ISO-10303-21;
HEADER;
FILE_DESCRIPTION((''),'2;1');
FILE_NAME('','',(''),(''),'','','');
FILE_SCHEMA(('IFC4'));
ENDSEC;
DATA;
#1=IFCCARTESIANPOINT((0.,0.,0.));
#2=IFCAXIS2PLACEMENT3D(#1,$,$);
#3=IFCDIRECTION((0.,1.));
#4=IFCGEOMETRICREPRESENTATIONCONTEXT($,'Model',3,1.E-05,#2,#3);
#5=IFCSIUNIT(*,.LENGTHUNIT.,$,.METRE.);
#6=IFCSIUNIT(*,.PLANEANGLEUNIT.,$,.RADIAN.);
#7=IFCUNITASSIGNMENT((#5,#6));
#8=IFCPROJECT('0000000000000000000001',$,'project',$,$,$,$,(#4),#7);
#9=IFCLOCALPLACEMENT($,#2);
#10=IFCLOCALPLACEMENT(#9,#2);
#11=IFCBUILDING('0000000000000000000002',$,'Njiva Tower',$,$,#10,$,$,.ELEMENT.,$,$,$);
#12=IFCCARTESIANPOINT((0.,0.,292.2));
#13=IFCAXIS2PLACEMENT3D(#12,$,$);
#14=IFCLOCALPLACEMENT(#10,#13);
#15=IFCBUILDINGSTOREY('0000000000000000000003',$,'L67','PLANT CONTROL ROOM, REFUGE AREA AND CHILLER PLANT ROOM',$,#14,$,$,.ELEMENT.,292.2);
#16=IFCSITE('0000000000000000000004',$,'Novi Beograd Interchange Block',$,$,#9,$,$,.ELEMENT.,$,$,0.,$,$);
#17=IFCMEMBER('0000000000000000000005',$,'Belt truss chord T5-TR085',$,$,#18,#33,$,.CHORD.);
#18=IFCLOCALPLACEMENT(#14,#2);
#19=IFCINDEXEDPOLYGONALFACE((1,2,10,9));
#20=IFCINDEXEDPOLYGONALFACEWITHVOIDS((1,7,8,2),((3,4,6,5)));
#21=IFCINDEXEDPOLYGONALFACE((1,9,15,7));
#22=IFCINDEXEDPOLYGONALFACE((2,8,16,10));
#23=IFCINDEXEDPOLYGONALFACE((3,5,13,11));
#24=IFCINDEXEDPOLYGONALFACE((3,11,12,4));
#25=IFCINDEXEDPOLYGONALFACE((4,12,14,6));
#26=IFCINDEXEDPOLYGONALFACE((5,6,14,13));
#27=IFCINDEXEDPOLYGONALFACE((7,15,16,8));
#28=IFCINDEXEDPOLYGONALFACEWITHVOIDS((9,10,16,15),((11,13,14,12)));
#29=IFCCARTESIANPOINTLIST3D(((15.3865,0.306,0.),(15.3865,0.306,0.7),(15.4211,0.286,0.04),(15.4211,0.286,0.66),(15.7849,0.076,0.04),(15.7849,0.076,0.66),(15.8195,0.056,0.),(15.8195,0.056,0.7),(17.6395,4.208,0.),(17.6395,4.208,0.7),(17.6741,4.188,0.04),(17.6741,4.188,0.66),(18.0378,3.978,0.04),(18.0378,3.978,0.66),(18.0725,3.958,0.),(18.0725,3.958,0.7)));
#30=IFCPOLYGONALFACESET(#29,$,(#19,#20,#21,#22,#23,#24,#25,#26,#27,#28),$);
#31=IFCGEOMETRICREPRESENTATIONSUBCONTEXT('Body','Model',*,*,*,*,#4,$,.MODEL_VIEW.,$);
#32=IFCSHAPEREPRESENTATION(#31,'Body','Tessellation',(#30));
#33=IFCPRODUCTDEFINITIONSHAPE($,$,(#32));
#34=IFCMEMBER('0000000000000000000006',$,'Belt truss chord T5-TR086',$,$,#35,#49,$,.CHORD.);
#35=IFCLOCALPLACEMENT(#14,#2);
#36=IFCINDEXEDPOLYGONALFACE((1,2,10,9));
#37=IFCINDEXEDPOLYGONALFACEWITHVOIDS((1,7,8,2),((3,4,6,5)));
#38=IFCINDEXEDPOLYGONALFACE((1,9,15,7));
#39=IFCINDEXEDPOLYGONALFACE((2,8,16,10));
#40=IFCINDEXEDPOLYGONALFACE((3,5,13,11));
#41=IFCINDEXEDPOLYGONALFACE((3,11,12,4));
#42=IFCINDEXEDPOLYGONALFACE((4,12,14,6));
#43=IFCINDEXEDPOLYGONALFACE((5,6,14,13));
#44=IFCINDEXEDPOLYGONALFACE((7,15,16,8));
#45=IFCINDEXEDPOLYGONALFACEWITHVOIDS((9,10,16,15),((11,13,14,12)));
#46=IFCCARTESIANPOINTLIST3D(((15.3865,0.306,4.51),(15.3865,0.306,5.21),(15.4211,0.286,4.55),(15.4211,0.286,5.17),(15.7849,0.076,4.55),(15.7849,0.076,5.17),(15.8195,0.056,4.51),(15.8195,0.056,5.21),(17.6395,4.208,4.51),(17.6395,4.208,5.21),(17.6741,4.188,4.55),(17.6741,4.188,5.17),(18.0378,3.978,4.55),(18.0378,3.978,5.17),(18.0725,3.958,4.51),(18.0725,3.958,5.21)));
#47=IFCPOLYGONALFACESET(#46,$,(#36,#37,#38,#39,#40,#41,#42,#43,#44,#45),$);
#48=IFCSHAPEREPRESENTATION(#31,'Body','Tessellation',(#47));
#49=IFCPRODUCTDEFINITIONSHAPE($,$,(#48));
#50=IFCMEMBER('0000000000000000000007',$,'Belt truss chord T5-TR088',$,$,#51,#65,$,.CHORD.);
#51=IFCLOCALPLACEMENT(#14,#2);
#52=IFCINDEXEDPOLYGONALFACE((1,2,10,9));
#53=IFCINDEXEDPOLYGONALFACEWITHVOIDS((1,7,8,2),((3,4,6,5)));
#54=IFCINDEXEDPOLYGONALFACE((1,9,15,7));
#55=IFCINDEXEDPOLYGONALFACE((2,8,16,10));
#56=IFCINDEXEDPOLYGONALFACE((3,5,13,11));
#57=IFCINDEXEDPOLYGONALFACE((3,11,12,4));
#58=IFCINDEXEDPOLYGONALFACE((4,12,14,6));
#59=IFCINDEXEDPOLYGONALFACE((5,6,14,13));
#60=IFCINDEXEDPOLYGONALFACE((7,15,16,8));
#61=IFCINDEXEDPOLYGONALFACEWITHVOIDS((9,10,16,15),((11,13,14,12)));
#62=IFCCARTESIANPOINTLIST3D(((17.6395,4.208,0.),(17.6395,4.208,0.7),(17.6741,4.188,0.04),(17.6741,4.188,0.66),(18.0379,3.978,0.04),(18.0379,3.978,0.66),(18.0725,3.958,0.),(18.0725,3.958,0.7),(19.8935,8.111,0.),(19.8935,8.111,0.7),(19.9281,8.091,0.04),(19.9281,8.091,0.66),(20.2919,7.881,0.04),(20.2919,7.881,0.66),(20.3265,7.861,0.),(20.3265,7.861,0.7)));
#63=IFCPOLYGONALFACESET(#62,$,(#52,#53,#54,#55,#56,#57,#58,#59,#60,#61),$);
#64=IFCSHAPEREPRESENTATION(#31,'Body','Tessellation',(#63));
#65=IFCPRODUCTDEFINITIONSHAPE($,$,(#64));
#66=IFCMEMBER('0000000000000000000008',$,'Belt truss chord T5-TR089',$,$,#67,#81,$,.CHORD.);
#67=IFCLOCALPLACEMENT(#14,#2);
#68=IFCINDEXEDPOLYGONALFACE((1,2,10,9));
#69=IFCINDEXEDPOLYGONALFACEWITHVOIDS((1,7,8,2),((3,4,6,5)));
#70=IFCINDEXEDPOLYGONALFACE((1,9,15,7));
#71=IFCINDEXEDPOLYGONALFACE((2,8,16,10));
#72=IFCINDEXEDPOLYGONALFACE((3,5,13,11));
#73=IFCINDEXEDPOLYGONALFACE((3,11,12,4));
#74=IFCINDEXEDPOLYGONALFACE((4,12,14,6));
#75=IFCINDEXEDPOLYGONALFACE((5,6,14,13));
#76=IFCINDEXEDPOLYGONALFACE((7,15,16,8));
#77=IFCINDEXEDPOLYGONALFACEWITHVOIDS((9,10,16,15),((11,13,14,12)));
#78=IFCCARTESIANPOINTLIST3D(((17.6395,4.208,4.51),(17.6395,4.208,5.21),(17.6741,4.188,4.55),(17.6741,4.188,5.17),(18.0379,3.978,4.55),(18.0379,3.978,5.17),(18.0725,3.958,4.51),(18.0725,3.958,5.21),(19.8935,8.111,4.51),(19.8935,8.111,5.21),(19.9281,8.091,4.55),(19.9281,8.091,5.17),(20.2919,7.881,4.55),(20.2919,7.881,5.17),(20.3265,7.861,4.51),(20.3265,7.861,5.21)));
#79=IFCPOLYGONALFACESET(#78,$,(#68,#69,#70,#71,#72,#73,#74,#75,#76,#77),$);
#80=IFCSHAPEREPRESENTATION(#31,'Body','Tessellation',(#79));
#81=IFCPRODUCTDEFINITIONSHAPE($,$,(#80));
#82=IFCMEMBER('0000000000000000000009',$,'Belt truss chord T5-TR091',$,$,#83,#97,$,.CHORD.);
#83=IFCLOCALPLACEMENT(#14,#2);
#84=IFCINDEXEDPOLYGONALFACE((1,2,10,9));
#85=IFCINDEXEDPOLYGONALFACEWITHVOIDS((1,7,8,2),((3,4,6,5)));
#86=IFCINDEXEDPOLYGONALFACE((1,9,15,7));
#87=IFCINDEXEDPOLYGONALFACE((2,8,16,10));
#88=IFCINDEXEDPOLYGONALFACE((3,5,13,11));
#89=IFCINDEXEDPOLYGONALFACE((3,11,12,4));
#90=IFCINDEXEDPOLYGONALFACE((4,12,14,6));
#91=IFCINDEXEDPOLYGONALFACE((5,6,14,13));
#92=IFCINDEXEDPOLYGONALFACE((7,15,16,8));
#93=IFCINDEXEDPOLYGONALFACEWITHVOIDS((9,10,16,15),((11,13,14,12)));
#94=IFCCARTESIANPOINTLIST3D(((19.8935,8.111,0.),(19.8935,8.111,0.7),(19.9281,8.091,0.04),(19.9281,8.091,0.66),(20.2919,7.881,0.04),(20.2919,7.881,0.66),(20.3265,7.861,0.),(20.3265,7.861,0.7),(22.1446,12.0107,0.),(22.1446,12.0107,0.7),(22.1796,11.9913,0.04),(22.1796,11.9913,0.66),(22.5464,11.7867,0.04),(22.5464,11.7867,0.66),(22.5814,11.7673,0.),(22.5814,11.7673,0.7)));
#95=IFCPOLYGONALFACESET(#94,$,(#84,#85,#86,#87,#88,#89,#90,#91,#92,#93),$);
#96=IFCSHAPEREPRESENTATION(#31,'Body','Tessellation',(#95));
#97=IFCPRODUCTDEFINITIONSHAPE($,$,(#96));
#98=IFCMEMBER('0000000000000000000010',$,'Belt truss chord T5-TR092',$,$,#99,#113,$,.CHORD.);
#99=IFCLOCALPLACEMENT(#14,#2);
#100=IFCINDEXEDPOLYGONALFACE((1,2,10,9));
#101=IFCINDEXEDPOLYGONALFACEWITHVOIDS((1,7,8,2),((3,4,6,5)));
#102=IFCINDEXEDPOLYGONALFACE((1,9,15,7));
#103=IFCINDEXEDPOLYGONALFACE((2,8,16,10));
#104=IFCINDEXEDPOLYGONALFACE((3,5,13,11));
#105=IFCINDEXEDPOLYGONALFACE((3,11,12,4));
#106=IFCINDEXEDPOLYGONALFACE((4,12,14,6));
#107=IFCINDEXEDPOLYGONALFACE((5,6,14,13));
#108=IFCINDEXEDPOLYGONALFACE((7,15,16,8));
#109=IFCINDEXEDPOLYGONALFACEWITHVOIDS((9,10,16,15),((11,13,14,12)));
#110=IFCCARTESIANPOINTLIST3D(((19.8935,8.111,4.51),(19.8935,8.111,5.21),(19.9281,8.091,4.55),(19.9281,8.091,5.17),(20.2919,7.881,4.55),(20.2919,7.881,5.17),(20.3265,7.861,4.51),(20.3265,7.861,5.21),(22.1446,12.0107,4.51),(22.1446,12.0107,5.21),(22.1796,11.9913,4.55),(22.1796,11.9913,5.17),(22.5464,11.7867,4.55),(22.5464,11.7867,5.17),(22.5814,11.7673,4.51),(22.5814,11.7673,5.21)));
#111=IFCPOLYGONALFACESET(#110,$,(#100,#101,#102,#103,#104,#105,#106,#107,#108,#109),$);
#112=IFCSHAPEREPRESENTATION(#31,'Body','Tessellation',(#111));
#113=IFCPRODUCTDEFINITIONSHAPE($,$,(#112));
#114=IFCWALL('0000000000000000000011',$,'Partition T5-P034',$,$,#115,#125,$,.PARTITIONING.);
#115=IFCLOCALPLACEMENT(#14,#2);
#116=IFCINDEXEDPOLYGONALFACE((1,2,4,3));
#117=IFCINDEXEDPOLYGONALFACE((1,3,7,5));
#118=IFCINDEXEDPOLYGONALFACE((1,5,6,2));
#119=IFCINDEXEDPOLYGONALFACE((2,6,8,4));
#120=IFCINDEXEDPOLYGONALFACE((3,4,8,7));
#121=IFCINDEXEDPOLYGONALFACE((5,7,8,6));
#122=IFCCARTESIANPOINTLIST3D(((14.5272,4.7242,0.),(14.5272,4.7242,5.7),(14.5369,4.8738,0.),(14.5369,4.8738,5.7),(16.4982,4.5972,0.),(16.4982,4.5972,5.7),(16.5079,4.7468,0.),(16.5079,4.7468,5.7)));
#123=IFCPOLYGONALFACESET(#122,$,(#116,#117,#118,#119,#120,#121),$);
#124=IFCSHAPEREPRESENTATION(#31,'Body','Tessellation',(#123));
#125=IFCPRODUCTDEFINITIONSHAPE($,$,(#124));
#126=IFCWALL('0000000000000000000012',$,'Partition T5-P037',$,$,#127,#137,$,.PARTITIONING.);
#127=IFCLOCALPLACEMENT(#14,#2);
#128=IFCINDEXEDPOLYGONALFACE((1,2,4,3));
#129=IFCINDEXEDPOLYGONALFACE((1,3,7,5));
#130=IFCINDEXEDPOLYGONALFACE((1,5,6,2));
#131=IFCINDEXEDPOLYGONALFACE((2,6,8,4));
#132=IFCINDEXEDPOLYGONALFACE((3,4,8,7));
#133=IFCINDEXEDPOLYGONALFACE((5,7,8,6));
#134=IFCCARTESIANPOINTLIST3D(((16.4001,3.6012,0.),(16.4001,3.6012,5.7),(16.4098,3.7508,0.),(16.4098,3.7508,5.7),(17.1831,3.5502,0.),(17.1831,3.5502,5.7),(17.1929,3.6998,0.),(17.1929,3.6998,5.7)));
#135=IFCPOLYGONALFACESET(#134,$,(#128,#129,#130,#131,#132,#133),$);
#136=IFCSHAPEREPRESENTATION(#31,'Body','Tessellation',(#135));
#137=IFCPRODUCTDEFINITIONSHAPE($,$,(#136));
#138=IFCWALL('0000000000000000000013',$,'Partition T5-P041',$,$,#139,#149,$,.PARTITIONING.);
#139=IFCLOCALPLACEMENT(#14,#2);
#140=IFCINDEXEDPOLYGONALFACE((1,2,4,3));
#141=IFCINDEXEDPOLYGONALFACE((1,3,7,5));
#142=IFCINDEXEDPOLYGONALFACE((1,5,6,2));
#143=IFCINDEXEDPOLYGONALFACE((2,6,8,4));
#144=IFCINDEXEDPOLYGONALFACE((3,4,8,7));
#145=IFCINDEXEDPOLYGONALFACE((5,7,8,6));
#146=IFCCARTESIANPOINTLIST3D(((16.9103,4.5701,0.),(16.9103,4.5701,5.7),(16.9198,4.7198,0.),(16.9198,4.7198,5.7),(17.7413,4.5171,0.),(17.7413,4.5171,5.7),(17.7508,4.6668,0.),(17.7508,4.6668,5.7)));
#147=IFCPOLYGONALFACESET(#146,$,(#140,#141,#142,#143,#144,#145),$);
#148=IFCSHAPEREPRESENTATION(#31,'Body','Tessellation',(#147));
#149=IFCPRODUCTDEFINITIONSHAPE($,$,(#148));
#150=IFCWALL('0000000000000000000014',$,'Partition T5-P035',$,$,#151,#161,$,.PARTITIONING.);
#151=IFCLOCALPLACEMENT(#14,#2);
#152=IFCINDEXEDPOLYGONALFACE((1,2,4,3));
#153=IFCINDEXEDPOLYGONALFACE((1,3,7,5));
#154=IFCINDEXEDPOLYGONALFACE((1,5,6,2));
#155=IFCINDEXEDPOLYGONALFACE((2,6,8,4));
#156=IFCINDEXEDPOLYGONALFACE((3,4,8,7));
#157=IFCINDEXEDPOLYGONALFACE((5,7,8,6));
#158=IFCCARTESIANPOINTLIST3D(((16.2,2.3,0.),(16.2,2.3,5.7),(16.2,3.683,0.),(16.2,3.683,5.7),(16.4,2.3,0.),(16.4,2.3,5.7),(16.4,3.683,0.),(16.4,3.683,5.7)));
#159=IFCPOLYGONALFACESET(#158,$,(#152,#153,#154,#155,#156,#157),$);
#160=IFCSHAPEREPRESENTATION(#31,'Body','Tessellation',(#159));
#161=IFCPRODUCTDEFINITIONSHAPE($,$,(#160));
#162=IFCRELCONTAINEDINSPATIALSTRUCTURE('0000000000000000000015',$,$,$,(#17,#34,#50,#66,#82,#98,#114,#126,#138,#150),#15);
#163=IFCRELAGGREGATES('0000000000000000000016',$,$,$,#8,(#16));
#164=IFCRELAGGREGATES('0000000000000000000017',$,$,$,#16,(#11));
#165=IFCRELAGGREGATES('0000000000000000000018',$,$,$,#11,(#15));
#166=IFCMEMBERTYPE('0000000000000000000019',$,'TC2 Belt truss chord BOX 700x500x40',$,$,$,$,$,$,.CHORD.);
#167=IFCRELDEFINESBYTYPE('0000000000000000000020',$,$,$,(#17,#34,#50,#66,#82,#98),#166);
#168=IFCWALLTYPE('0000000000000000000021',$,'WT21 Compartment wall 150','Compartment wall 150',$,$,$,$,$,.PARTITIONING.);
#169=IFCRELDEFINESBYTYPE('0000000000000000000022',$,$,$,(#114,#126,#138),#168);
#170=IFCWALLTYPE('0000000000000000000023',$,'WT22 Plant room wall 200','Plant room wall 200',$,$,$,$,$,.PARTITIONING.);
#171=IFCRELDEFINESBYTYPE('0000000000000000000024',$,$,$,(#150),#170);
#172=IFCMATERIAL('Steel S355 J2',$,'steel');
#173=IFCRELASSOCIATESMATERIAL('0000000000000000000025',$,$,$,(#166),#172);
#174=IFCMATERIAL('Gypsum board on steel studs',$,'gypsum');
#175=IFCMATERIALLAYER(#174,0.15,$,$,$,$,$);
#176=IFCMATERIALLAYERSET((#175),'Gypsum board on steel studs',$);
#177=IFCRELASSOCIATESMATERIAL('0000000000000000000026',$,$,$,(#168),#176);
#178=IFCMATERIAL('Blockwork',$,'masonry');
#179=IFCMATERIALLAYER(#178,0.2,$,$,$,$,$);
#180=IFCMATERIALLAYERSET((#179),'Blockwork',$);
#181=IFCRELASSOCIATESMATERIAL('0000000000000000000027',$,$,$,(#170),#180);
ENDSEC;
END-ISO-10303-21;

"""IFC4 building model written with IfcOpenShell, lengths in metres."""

from ifc_helpers import new_model, si_unit, direction, frame, frame_2d, origin, origin_2d, place, context, subcontext, project, spatial, rectangle, hollow_rectangle, extrude, clip, halfspace, material, layer, layer_set, material_profile, profile_set, type_object, element, save


model = new_model("IFC4")

# Units and contexts
model_context = context("Model", 3, precision=1e-05, world=origin(), true_north=direction((0.0, 1.0)))
body_context = subcontext(model_context, "Body", "Model", "MODEL_VIEW")
ifc_project = project(units=[si_unit("LENGTHUNIT", "METRE"), si_unit("PLANEANGLEUNIT", "RADIAN")], contexts=[model_context])

# Site, building, storey
site_placement = place(None, origin())
site = spatial("IfcSite", under=ifc_project, at=site_placement, Name="Novi Beograd Interchange Block", CompositionType="ELEMENT", RefElevation=0.0)
building_placement = place(site_placement, origin())
building = spatial("IfcBuilding", under=site, at=building_placement, Name="Njiva Tower", CompositionType="ELEMENT")
storey_placement = place(building_placement, frame((0.0, 0.0, 292.2)))
storey = spatial("IfcBuildingStorey", under=building, at=storey_placement, Name="L67", Description="PLANT CONTROL ROOM, REFUGE AREA AND CHILLER PLANT ROOM", CompositionType="ELEMENT", Elevation=292.2)

# Shared definitions
ifc_material_1 = material(Name="Steel S355 J2", Category="steel")

# Members
ifc_material_profile_1 = material_profile(ifc_material_1, hollow_rectangle(XDim=0.5, YDim=0.7, WallThickness=0.04, at=origin_2d()), Name="BOX 700x500x40")
ifc_profile_set_1 = profile_set([ifc_material_profile_1], Name="Steel S355 J2")
member_type_1 = type_object("IfcMemberType", Name="TC2 Belt truss chord BOX 700x500x40", PredefinedType="CHORD", material=ifc_profile_set_1)
for number, where, z_axis, x_axis, name in (
    (1, (15.603, 0.181, 0.35), (0.50003, 0.866008, 0.0), (-0.866008, 0.50003, 0.0), "Belt truss chord T5-TR085"),
    (2, (15.603, 0.181, 4.86), (0.50003, 0.866008, 0.0), (-0.866008, 0.50003, 0.0), "Belt truss chord T5-TR086"),
):
    element("IfcMember", number, at=place(storey_placement, frame(where, z_axis=z_axis, x_axis=x_axis)), inside=storey, type_object=member_type_1, Name=name, PredefinedType="CHORD", context=body_context, shape_type="SweptSolid", body=[
        extrude(hollow_rectangle(XDim=0.5, YDim=0.7, WallThickness=0.04, at=origin_2d()), origin(), (0.0, 0.0, 1.0), 4.5057),
    ])
for number, where, z_axis, x_axis, name in (
    (3, (17.856, 4.083, 0.35), (0.5001, 0.865968, 0.0), (-0.865968, 0.5001, 0.0), "Belt truss chord T5-TR088"),
    (4, (17.856, 4.083, 4.86), (0.5001, 0.865968, 0.0), (-0.865968, 0.5001, 0.0), "Belt truss chord T5-TR089"),
):
    element("IfcMember", number, at=place(storey_placement, frame(where, z_axis=z_axis, x_axis=x_axis)), inside=storey, type_object=member_type_1, Name=name, PredefinedType="CHORD", context=body_context, shape_type="SweptSolid", body=[
        extrude(hollow_rectangle(XDim=0.5, YDim=0.7, WallThickness=0.04, at=origin_2d()), origin(), (0.0, 0.0, 1.0), 4.5071),
    ])
member_1_placement = place(storey_placement, frame((20.11, 7.986, 0.35), z_axis=(0.499934, 0.866064, 0.0), x_axis=(-0.866064, 0.499934, 0.0)))
element("IfcMember", 5, at=member_1_placement, inside=storey, type_object=member_type_1, Name="Belt truss chord T5-TR091", PredefinedType="CHORD", context=body_context, shape_type="Clipping", body=[
    clip(extrude(hollow_rectangle(XDim=0.5, YDim=0.7, WallThickness=0.04, at=origin_2d()), origin(), (0.0, 0.0, 1.0), 4.5406), halfspace(frame((0.0, -292.55, 4.5066), z_axis=(0.01495, 0.0, 0.999888), x_axis=(0.0, 1.0, 0.0)), False)),
])
member_2_placement = place(storey_placement, frame((20.11, 7.986, 4.86), z_axis=(0.499934, 0.866064, 0.0), x_axis=(-0.866064, 0.499934, 0.0)))
element("IfcMember", 6, at=member_2_placement, inside=storey, type_object=member_type_1, Name="Belt truss chord T5-TR092", PredefinedType="CHORD", context=body_context, shape_type="Clipping", body=[
    clip(extrude(hollow_rectangle(XDim=0.5, YDim=0.7, WallThickness=0.04, at=origin_2d()), origin(), (0.0, 0.0, 1.0), 4.5406), halfspace(frame((0.0, -297.06, 4.5066), z_axis=(0.01495, 0.0, 0.999888), x_axis=(0.0, 1.0, 0.0)), False)),
])

# Walls
ifc_material_2 = material(Name="Gypsum board on steel studs", Category="gypsum")
ifc_layer_1 = layer(ifc_material_2, 0.15)
ifc_layer_set_1 = layer_set([ifc_layer_1], Name="Gypsum board on steel studs")
wall_type_1 = type_object("IfcWallType", Name="WT21 Compartment wall 150", Description="Compartment wall 150", PredefinedType="PARTITIONING", material=ifc_layer_set_1)
wall_1_placement = place(storey_placement, frame((14.532, 4.799, 0.0), z_axis=(0.0, 0.0, 1.0), x_axis=(0.997931, -0.064301, 0.0)))
element("IfcWall", 7, at=wall_1_placement, inside=storey, type_object=wall_type_1, Name="Partition T5-P034", PredefinedType="PARTITIONING", context=body_context, shape_type="SweptSolid", body=[
    extrude(rectangle(XDim=1.9751, YDim=0.15, at=frame_2d((0.9876, 0.0))), origin(), (0.0, 0.0, 1.0), 5.7),
])
wall_2_placement = place(storey_placement, frame((16.405, 3.676, 0.0), z_axis=(0.0, 0.0, 1.0), x_axis=(0.997886, -0.064996, 0.0)))
element("IfcWall", 8, at=wall_2_placement, inside=storey, type_object=wall_type_1, Name="Partition T5-P037", PredefinedType="PARTITIONING", context=body_context, shape_type="SweptSolid", body=[
    extrude(rectangle(XDim=0.7847, YDim=0.15, at=frame_2d((0.3923, 0.0))), origin(), (0.0, 0.0, 1.0), 5.7),
])
wall_3_placement = place(storey_placement, frame((16.915, 4.645, 0.0), z_axis=(0.0, 0.0, 1.0), x_axis=(0.997972, -0.063649, 0.0)))
element("IfcWall", 9, at=wall_3_placement, inside=storey, type_object=wall_type_1, Name="Partition T5-P041", PredefinedType="PARTITIONING", context=body_context, shape_type="SweptSolid", body=[
    extrude(rectangle(XDim=0.8327, YDim=0.15, at=frame_2d((0.4164, 0.0))), origin(), (0.0, 0.0, 1.0), 5.7),
])
ifc_material_3 = material(Name="Blockwork", Category="masonry")
ifc_layer_2 = layer(ifc_material_3, 0.2)
ifc_layer_set_2 = layer_set([ifc_layer_2], Name="Blockwork")
wall_type_2 = type_object("IfcWallType", Name="WT22 Plant room wall 200", Description="Plant room wall 200", PredefinedType="PARTITIONING", material=ifc_layer_set_2)
wall_4_placement = place(storey_placement, frame((16.3, 2.3, 0.0), z_axis=(0.0, 0.0, 1.0), x_axis=(0.0, 1.0, 0.0)))
element("IfcWall", 10, at=wall_4_placement, inside=storey, type_object=wall_type_2, Name="Partition T5-P035", PredefinedType="PARTITIONING", context=body_context, shape_type="SweptSolid", body=[
    extrude(rectangle(XDim=1.383, YDim=0.2, at=frame_2d((0.6915, 0.0))), origin(), (0.0, 0.0, 1.0), 5.7),
])

save(model, "model.ifc")
